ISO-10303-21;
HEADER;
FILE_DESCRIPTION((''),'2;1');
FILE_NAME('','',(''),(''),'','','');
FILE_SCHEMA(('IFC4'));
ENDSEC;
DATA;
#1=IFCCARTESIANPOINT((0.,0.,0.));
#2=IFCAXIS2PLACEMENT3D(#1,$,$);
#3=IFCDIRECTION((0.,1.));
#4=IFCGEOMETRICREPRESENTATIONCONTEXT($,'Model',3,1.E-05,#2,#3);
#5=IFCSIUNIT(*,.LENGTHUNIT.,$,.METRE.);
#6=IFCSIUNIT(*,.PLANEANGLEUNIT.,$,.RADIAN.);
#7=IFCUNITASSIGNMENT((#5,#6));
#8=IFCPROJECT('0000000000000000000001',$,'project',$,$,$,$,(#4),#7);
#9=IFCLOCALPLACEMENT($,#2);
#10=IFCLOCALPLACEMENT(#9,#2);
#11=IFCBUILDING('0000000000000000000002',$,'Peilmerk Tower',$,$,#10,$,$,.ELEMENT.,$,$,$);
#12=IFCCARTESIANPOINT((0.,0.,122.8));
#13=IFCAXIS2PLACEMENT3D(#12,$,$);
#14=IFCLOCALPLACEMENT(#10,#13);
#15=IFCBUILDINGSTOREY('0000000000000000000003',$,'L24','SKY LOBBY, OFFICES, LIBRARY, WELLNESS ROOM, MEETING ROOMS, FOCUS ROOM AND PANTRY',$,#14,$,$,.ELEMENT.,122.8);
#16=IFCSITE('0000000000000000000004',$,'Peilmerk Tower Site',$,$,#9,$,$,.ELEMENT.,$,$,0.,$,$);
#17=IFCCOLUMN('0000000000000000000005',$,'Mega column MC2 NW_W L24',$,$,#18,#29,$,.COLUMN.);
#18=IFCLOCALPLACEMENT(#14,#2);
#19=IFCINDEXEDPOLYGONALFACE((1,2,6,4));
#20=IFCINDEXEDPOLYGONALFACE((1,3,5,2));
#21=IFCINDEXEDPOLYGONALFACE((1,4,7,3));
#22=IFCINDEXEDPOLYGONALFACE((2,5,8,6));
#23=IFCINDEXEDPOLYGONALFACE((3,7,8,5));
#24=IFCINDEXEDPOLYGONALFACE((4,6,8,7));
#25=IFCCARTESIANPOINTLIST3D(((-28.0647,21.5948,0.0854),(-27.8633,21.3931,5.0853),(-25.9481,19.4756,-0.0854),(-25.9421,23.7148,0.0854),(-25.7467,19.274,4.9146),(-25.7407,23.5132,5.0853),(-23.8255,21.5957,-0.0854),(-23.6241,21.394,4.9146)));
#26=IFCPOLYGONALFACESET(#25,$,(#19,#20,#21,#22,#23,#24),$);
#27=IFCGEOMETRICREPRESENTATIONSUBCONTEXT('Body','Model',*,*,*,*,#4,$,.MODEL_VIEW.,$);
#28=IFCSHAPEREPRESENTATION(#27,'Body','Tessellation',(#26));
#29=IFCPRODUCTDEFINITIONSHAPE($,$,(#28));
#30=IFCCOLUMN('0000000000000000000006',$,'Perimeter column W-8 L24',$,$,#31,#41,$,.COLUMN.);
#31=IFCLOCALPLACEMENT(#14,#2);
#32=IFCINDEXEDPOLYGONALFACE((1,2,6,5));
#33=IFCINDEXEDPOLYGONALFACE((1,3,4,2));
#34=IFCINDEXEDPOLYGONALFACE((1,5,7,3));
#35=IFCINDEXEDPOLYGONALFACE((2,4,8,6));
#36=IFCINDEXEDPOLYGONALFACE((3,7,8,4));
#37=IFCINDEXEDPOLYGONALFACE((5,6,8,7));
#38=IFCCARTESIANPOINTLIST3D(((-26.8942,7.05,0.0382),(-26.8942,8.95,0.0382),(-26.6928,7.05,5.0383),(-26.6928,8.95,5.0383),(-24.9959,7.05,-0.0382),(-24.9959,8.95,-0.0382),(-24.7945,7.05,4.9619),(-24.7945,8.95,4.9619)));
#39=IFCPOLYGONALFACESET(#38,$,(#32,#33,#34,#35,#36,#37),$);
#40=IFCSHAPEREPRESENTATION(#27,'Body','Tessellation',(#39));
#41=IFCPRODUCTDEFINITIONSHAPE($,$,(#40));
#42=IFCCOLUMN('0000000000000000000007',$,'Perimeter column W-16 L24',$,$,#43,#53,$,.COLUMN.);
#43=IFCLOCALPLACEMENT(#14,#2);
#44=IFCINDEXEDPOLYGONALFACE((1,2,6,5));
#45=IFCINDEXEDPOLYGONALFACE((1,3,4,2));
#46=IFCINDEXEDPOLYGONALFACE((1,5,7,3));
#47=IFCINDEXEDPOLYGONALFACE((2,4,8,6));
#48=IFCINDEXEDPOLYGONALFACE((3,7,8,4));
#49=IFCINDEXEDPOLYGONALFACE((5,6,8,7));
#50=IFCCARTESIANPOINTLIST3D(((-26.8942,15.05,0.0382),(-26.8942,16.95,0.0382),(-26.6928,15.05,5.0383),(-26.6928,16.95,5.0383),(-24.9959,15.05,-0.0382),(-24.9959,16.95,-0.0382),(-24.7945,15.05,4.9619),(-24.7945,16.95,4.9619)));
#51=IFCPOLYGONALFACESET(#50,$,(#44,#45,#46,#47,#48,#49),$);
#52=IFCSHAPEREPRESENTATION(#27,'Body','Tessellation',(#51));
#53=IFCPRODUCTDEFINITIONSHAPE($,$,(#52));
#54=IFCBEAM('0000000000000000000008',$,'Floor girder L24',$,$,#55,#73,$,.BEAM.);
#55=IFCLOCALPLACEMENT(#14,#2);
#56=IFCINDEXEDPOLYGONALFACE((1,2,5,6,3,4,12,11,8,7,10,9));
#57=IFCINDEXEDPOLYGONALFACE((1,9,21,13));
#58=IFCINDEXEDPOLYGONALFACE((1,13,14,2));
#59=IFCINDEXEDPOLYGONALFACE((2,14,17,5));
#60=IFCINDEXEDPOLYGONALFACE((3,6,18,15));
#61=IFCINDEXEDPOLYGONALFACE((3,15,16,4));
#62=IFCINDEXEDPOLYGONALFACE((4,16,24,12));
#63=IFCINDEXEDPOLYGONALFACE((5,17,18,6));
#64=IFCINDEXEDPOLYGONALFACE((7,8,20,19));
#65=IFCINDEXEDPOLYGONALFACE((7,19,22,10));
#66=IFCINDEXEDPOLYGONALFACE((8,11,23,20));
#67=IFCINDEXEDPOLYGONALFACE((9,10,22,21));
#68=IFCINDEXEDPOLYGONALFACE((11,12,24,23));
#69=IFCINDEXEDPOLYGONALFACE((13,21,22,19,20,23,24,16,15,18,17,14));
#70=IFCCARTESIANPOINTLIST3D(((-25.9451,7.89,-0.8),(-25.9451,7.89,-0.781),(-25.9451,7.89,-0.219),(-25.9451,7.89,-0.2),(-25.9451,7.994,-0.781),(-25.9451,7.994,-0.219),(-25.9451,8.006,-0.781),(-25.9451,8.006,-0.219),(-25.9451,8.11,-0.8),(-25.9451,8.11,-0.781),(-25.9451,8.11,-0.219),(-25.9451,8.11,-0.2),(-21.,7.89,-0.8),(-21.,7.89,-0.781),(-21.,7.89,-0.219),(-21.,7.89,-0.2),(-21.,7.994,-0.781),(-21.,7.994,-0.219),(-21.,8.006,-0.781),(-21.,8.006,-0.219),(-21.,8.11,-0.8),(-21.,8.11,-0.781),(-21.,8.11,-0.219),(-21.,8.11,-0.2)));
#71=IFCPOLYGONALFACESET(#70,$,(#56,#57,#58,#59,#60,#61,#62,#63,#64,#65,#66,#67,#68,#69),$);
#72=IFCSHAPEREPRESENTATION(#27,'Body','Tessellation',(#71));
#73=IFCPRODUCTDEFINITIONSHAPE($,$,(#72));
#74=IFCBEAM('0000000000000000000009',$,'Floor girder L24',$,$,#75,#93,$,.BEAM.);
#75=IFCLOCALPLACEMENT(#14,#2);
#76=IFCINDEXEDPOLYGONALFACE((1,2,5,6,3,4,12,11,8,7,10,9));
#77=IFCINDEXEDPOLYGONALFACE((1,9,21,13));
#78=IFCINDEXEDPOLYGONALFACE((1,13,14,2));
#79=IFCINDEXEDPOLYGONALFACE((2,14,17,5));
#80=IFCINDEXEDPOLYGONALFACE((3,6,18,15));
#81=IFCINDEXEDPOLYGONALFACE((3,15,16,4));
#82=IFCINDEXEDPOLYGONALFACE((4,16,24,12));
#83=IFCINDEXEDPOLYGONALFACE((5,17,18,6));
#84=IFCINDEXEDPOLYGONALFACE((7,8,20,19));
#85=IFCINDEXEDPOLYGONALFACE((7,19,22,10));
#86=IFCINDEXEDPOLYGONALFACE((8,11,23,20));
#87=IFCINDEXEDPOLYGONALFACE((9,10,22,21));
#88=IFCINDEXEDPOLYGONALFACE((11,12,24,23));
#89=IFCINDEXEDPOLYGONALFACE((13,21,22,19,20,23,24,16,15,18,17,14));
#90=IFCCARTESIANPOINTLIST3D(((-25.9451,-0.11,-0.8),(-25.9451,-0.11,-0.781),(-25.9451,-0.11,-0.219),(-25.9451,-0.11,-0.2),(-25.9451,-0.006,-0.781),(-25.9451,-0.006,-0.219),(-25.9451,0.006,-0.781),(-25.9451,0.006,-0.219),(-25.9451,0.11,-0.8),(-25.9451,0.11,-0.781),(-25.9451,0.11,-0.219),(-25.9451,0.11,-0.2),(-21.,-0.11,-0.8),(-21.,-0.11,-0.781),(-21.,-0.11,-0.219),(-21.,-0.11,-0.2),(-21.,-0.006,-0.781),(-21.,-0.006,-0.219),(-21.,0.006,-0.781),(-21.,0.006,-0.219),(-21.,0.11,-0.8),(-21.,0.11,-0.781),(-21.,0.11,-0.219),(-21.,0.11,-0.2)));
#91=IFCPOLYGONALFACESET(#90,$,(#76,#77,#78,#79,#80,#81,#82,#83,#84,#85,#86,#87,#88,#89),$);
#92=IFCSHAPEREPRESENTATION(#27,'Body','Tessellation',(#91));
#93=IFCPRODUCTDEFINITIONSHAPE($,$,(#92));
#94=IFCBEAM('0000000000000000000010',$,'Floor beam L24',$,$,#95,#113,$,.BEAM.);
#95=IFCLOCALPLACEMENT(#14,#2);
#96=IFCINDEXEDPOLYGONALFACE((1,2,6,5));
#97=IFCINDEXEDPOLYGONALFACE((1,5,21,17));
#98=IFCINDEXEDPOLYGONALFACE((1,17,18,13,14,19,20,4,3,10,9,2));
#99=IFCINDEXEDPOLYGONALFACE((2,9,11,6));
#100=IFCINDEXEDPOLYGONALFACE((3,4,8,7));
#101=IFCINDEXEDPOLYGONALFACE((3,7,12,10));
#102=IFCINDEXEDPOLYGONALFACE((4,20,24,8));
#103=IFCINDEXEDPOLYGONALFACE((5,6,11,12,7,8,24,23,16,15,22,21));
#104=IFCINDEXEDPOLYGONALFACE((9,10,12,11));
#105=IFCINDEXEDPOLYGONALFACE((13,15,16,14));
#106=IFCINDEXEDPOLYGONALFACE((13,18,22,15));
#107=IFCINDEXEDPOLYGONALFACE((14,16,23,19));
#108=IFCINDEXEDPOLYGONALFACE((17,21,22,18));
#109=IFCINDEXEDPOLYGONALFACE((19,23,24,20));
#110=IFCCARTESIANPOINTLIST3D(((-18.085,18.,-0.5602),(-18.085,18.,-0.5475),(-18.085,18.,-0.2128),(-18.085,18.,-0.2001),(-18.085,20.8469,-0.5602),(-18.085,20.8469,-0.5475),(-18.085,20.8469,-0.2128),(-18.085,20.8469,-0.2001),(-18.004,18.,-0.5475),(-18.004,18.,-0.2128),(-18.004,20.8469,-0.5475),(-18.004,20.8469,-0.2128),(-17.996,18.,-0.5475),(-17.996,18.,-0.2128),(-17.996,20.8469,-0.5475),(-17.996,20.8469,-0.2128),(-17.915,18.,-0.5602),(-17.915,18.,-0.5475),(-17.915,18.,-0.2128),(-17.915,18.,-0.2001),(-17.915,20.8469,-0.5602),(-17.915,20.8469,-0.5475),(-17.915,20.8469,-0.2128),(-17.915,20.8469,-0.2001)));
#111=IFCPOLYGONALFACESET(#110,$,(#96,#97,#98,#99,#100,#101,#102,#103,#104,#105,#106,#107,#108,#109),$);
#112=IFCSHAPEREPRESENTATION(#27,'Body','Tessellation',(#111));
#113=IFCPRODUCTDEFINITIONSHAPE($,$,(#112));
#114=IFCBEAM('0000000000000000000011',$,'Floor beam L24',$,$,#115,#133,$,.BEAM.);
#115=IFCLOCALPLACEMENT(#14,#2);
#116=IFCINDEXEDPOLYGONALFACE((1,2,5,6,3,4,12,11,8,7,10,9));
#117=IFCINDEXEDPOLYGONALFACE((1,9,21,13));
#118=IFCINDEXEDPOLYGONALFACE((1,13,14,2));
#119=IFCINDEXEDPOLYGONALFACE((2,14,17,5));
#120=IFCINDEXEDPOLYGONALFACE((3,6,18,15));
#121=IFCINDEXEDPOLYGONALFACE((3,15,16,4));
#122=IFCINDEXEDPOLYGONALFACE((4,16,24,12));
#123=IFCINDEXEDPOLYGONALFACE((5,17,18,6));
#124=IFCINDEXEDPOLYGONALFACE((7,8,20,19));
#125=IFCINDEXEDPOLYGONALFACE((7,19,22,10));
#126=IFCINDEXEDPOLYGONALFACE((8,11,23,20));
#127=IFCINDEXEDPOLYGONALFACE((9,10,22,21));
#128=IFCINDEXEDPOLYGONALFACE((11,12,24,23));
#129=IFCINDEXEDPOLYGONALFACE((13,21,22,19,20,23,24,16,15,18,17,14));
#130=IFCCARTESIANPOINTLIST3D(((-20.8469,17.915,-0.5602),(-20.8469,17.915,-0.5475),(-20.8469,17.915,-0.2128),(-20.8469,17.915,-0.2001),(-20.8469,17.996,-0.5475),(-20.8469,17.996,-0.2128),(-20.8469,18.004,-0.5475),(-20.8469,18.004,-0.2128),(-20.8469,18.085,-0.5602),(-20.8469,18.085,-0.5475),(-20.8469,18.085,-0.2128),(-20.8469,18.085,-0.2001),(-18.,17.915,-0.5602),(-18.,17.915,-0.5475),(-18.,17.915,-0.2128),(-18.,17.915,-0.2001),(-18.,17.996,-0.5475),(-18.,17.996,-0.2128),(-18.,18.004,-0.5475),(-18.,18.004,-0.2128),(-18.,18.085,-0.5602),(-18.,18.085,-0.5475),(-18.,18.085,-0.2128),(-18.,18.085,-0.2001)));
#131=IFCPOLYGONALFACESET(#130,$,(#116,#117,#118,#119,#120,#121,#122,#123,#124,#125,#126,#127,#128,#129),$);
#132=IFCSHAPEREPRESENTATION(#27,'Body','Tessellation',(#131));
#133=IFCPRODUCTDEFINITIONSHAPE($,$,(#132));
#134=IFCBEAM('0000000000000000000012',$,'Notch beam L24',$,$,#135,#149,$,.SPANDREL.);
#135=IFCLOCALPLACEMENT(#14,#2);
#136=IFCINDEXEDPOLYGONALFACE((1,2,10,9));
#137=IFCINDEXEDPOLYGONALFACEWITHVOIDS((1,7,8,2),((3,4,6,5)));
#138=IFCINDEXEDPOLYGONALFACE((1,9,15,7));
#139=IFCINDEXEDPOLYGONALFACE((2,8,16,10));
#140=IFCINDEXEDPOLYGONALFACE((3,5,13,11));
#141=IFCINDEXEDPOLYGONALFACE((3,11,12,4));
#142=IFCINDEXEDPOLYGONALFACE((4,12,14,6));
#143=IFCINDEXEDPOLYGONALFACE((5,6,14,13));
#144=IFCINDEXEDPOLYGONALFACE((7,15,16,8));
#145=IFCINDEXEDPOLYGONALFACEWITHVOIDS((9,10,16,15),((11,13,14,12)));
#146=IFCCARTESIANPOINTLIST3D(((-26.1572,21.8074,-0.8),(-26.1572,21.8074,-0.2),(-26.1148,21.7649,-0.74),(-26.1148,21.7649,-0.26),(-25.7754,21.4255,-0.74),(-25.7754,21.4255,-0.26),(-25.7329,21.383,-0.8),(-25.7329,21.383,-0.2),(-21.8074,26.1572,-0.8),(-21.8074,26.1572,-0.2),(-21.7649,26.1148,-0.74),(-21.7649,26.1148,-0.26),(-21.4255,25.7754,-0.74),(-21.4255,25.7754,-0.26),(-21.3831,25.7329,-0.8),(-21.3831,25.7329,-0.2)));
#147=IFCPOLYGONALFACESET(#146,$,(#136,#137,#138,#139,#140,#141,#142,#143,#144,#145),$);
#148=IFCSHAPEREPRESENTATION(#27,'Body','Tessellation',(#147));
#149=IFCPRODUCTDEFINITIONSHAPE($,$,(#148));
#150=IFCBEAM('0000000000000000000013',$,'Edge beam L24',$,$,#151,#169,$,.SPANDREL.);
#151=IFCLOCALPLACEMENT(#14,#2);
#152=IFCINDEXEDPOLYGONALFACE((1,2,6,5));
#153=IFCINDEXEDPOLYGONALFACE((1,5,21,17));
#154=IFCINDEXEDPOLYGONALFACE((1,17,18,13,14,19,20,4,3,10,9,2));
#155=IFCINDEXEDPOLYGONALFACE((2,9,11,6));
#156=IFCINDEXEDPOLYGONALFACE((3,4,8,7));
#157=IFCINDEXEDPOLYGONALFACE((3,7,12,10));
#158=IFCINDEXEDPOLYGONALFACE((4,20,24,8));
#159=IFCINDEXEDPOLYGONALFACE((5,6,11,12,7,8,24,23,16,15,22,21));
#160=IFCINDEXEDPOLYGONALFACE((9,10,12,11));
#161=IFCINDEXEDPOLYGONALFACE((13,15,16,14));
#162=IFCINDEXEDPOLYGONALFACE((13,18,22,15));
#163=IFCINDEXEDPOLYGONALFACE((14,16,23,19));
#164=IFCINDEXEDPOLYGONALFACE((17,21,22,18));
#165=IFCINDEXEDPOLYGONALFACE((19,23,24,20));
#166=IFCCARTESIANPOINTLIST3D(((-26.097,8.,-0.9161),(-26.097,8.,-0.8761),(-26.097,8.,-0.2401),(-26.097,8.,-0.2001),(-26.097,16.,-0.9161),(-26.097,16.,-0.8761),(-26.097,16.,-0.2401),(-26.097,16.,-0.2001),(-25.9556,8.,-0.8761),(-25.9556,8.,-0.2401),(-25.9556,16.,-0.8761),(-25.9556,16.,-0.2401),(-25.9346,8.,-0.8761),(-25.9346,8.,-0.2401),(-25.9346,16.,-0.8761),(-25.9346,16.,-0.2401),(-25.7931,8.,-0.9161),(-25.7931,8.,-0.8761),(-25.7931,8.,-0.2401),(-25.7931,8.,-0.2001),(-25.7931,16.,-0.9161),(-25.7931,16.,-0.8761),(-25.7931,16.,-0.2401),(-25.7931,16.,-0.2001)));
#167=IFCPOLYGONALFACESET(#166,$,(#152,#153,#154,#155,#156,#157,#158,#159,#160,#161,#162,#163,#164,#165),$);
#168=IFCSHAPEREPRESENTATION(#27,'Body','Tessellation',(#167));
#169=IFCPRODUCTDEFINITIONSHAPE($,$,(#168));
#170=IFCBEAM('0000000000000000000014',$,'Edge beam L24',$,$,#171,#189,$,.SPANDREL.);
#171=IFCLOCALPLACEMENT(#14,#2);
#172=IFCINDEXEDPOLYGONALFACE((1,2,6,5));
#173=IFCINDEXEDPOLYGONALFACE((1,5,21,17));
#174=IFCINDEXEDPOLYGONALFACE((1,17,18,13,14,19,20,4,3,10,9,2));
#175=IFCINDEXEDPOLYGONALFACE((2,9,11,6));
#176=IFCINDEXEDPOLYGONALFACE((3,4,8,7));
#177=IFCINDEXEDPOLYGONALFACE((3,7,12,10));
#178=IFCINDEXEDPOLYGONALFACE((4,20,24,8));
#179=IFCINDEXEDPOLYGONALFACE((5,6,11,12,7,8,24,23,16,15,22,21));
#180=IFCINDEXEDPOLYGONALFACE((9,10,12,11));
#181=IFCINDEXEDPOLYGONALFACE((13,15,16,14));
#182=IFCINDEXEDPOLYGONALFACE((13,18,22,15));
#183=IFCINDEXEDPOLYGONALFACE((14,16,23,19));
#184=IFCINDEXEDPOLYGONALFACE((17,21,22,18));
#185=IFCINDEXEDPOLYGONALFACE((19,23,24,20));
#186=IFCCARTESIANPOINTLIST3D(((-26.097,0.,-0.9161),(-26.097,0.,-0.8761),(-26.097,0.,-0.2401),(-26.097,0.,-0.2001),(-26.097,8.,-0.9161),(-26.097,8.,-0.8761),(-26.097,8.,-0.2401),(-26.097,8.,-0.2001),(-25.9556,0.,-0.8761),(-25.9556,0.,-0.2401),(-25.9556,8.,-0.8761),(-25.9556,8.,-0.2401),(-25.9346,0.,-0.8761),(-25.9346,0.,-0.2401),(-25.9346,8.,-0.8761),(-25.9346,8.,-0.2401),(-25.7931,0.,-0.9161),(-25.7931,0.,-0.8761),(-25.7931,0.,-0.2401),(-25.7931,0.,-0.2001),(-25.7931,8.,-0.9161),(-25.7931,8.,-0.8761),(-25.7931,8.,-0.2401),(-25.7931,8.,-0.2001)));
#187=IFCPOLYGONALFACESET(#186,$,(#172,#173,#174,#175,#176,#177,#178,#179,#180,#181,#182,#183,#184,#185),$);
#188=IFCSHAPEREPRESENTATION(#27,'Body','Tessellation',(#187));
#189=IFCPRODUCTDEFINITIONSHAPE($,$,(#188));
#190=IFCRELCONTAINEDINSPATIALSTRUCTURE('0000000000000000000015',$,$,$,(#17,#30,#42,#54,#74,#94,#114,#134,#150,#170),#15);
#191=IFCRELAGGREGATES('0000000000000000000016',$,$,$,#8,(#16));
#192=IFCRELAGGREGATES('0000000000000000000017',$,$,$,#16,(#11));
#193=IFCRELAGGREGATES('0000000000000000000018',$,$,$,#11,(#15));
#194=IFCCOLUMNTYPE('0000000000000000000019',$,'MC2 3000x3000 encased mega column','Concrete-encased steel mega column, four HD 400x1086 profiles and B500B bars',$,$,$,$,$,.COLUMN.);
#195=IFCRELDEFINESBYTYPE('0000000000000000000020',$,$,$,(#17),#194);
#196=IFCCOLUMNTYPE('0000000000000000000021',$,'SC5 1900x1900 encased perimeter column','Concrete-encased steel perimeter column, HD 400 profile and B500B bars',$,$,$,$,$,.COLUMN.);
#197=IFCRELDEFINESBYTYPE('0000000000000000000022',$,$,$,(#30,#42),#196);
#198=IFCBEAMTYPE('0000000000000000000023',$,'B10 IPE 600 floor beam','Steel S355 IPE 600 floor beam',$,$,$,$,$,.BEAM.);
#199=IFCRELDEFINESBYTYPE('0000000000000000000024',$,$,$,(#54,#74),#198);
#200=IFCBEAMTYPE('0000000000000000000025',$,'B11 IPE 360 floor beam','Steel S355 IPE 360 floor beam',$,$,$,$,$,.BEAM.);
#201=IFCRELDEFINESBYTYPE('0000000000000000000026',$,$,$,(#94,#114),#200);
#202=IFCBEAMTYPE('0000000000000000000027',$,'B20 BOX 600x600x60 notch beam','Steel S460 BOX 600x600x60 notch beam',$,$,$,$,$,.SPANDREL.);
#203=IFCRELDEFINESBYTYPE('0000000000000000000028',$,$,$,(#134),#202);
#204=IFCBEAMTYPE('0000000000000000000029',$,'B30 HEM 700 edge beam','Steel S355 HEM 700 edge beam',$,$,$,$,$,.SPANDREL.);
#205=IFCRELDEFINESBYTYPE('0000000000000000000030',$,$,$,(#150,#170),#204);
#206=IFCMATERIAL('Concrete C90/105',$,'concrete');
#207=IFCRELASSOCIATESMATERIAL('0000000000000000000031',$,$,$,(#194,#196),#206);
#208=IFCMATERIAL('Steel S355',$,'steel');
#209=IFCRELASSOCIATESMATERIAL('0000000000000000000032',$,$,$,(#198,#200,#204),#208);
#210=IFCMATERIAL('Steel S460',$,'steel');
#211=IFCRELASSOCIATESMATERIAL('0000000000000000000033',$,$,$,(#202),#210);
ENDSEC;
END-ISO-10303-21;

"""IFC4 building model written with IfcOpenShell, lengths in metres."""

from ifc_helpers import new_model, si_unit, direction, frame, origin, origin_2d, place, context, subcontext, project, spatial, rectangle, hollow_rectangle, i_section, extrude, material, material_profile, profile_set, type_object, element, save


model = new_model("IFC4")

# Units and contexts
model_context = context("Model", 3, precision=1e-05, world=origin(), true_north=direction((0.0, 1.0)))
body_context = subcontext(model_context, "Body", "Model", "MODEL_VIEW")
ifc_project = project(units=[si_unit("LENGTHUNIT", "METRE"), si_unit("PLANEANGLEUNIT", "RADIAN")], contexts=[model_context])

# Site, building, storey
site_placement = place(None, origin())
site = spatial("IfcSite", under=ifc_project, at=site_placement, Name="Peilmerk Tower Site", CompositionType="ELEMENT", RefElevation=0.0)
building_placement = place(site_placement, origin())
building = spatial("IfcBuilding", under=site, at=building_placement, Name="Peilmerk Tower", CompositionType="ELEMENT")
storey_placement = place(building_placement, frame((0.0, 0.0, 122.8)))
storey = spatial("IfcBuildingStorey", under=building, at=storey_placement, Name="L24", Description="SKY LOBBY, OFFICES, LIBRARY, WELLNESS ROOM, MEETING ROOMS, FOCUS ROOM AND PANTRY", CompositionType="ELEMENT", Elevation=122.8)

# Columns
ifc_material_1 = material(Name="Concrete C90/105", Category="concrete")
ifc_material_profile_1 = material_profile(ifc_material_1, rectangle(XDim=3.0, YDim=3.0, at=origin_2d()), Name="RC 3000x3000")
ifc_profile_set_1 = profile_set([ifc_material_profile_1], Name="Concrete C90/105")
column_type_1 = type_object("IfcColumnType", Name="MC2 3000x3000 encased mega column", Description="Concrete-encased steel mega column, four HD 400x1086 profiles and B500B bars", PredefinedType="COLUMN", material=ifc_profile_set_1)
column_placement = place(storey_placement, frame((-25.9451, 21.5952, 0.0), z_axis=(0.040218, -0.040267, 0.998379), x_axis=(0.707535, 0.706678, 0.0)))
element("IfcColumn", 1, at=column_placement, inside=storey, type_object=column_type_1, Name="Mega column MC2 NW_W L24", PredefinedType="COLUMN", context=body_context, shape_type="SweptSolid", body=[
    extrude(rectangle(XDim=3.0, YDim=3.0, at=origin_2d()), origin(), (0.0, 0.0, 1.0), 5.0081),
])
ifc_material_profile_2 = material_profile(ifc_material_1, rectangle(XDim=1.8999, YDim=1.8999, at=origin_2d()), Name="RC 1900x1900")
ifc_profile_set_2 = profile_set([ifc_material_profile_2], Name="Concrete C90/105")
column_type_2 = type_object("IfcColumnType", Name="SC5 1900x1900 encased perimeter column", Description="Concrete-encased steel perimeter column, HD 400 profile and B500B bars", PredefinedType="COLUMN", material=ifc_profile_set_2)
for number, where, z_axis, x_axis, name in (
    (2, (-25.9451, 8.0, 0.0), (0.040251, 0.0, 0.99919), (0.0, 1.0, 0.0), "Perimeter column W-8 L24"),
    (3, (-25.9451, 16.0, 0.0), (0.040251, 0.0, 0.99919), (0.0, 1.0, 0.0), "Perimeter column W-16 L24"),
):
    element("IfcColumn", number, at=place(storey_placement, frame(where, z_axis=z_axis, x_axis=x_axis)), inside=storey, type_object=column_type_2, Name=name, PredefinedType="COLUMN", context=body_context, shape_type="SweptSolid", body=[
        extrude(rectangle(XDim=1.8999, YDim=1.8999, at=origin_2d()), origin(), (0.0, 0.0, 1.0), 5.0042),
    ])

# Beams
ifc_material_2 = material(Name="Steel S355", Category="steel")
ifc_material_profile_3 = material_profile(ifc_material_2, i_section(OverallWidth=0.22, OverallDepth=0.6001, WebThickness=0.012, FlangeThickness=0.019, at=origin_2d()), Name="IPE 600")
ifc_profile_set_3 = profile_set([ifc_material_profile_3], Name="Steel S355")
beam_type_1 = type_object("IfcBeamType", Name="B10 IPE 600 floor beam", Description="Steel S355 IPE 600 floor beam", PredefinedType="BEAM", material=ifc_profile_set_3)
for number, where, z_axis, x_axis, name in (
    (4, (-21.0, 8.0, -0.5), (-1.0, 0.0, 0.0), (0.0, -1.0, 0.0), "Floor girder L24"),
    (5, (-21.0, 0.0, -0.5), (-1.0, 0.0, 0.0), (0.0, -1.0, 0.0), "Floor girder L24"),
):
    element("IfcBeam", number, at=place(storey_placement, frame(where, z_axis=z_axis, x_axis=x_axis)), inside=storey, type_object=beam_type_1, Name=name, PredefinedType="BEAM", context=body_context, shape_type="SweptSolid", body=[
        extrude(i_section(OverallWidth=0.22, OverallDepth=0.6001, WebThickness=0.012, FlangeThickness=0.019, at=origin_2d()), origin(), (0.0, 0.0, 1.0), 4.9451),
    ])
ifc_material_profile_4 = material_profile(ifc_material_2, i_section(OverallWidth=0.1699, OverallDepth=0.3601, WebThickness=0.0081, FlangeThickness=0.0127, at=origin_2d()), Name="IPE 360")
ifc_profile_set_4 = profile_set([ifc_material_profile_4], Name="Steel S355")
beam_type_2 = type_object("IfcBeamType", Name="B11 IPE 360 floor beam", Description="Steel S355 IPE 360 floor beam", PredefinedType="BEAM", material=ifc_profile_set_4)
for number, where, z_axis, x_axis, name in (
    (6, (-18.0, 18.0, -0.3801), (0.0, 1.0, 0.0), (-1.0, 0.0, 0.0), "Floor beam L24"),
    (7, (-18.0, 18.0, -0.3801), (-1.0, 0.0, 0.0), (0.0, -1.0, 0.0), "Floor beam L24"),
):
    element("IfcBeam", number, at=place(storey_placement, frame(where, z_axis=z_axis, x_axis=x_axis)), inside=storey, type_object=beam_type_2, Name=name, PredefinedType="BEAM", context=body_context, shape_type="SweptSolid", body=[
        extrude(i_section(OverallWidth=0.1699, OverallDepth=0.3601, WebThickness=0.0081, FlangeThickness=0.0127, at=origin_2d()), origin(), (0.0, 0.0, 1.0), 2.8469),
    ])
ifc_material_3 = material(Name="Steel S460", Category="steel")
ifc_material_profile_5 = material_profile(ifc_material_3, hollow_rectangle(XDim=0.6001, YDim=0.6001, WallThickness=0.0601, at=origin_2d()), Name="BOX 600x600x60")
ifc_profile_set_5 = profile_set([ifc_material_profile_5], Name="Steel S460")
beam_type_3 = type_object("IfcBeamType", Name="B20 BOX 600x600x60 notch beam", Description="Steel S460 BOX 600x600x60 notch beam", PredefinedType="SPANDREL", material=ifc_profile_set_5)
beam_1_placement = place(storey_placement, frame((-25.9451, 21.5952, -0.5), z_axis=(0.707107, 0.707107, 0.0), x_axis=(-0.707107, 0.707107, 0.0)))
element("IfcBeam", 8, at=beam_1_placement, inside=storey, type_object=beam_type_3, Name="Notch beam L24", PredefinedType="SPANDREL", context=body_context, shape_type="SweptSolid", body=[
    extrude(hollow_rectangle(XDim=0.6001, YDim=0.6001, WallThickness=0.0601, at=origin_2d()), origin(), (0.0, 0.0, 1.0), 6.1516),
])
ifc_material_profile_6 = material_profile(ifc_material_2, i_section(OverallWidth=0.304, OverallDepth=0.7161, WebThickness=0.021, FlangeThickness=0.04, at=origin_2d()), Name="HEM 700")
ifc_profile_set_6 = profile_set([ifc_material_profile_6], Name="Steel S355")
beam_type_4 = type_object("IfcBeamType", Name="B30 HEM 700 edge beam", Description="Steel S355 HEM 700 edge beam", PredefinedType="SPANDREL", material=ifc_profile_set_6)
for number, where, z_axis, x_axis, name in (
    (9, (-25.9451, 16.0, -0.5581), (0.0, -1.0, 0.0), (1.0, 0.0, 0.0), "Edge beam L24"),
    (10, (-25.9451, 8.0, -0.5581), (0.0, -1.0, 0.0), (1.0, 0.0, 0.0), "Edge beam L24"),
):
    element("IfcBeam", number, at=place(storey_placement, frame(where, z_axis=z_axis, x_axis=x_axis)), inside=storey, type_object=beam_type_4, Name=name, PredefinedType="SPANDREL", context=body_context, shape_type="SweptSolid", body=[
        extrude(i_section(OverallWidth=0.304, OverallDepth=0.7161, WebThickness=0.021, FlangeThickness=0.04, at=origin_2d()), origin(), (0.0, 0.0, 1.0), 8.0),
    ])

save(model, "model.ifc")
